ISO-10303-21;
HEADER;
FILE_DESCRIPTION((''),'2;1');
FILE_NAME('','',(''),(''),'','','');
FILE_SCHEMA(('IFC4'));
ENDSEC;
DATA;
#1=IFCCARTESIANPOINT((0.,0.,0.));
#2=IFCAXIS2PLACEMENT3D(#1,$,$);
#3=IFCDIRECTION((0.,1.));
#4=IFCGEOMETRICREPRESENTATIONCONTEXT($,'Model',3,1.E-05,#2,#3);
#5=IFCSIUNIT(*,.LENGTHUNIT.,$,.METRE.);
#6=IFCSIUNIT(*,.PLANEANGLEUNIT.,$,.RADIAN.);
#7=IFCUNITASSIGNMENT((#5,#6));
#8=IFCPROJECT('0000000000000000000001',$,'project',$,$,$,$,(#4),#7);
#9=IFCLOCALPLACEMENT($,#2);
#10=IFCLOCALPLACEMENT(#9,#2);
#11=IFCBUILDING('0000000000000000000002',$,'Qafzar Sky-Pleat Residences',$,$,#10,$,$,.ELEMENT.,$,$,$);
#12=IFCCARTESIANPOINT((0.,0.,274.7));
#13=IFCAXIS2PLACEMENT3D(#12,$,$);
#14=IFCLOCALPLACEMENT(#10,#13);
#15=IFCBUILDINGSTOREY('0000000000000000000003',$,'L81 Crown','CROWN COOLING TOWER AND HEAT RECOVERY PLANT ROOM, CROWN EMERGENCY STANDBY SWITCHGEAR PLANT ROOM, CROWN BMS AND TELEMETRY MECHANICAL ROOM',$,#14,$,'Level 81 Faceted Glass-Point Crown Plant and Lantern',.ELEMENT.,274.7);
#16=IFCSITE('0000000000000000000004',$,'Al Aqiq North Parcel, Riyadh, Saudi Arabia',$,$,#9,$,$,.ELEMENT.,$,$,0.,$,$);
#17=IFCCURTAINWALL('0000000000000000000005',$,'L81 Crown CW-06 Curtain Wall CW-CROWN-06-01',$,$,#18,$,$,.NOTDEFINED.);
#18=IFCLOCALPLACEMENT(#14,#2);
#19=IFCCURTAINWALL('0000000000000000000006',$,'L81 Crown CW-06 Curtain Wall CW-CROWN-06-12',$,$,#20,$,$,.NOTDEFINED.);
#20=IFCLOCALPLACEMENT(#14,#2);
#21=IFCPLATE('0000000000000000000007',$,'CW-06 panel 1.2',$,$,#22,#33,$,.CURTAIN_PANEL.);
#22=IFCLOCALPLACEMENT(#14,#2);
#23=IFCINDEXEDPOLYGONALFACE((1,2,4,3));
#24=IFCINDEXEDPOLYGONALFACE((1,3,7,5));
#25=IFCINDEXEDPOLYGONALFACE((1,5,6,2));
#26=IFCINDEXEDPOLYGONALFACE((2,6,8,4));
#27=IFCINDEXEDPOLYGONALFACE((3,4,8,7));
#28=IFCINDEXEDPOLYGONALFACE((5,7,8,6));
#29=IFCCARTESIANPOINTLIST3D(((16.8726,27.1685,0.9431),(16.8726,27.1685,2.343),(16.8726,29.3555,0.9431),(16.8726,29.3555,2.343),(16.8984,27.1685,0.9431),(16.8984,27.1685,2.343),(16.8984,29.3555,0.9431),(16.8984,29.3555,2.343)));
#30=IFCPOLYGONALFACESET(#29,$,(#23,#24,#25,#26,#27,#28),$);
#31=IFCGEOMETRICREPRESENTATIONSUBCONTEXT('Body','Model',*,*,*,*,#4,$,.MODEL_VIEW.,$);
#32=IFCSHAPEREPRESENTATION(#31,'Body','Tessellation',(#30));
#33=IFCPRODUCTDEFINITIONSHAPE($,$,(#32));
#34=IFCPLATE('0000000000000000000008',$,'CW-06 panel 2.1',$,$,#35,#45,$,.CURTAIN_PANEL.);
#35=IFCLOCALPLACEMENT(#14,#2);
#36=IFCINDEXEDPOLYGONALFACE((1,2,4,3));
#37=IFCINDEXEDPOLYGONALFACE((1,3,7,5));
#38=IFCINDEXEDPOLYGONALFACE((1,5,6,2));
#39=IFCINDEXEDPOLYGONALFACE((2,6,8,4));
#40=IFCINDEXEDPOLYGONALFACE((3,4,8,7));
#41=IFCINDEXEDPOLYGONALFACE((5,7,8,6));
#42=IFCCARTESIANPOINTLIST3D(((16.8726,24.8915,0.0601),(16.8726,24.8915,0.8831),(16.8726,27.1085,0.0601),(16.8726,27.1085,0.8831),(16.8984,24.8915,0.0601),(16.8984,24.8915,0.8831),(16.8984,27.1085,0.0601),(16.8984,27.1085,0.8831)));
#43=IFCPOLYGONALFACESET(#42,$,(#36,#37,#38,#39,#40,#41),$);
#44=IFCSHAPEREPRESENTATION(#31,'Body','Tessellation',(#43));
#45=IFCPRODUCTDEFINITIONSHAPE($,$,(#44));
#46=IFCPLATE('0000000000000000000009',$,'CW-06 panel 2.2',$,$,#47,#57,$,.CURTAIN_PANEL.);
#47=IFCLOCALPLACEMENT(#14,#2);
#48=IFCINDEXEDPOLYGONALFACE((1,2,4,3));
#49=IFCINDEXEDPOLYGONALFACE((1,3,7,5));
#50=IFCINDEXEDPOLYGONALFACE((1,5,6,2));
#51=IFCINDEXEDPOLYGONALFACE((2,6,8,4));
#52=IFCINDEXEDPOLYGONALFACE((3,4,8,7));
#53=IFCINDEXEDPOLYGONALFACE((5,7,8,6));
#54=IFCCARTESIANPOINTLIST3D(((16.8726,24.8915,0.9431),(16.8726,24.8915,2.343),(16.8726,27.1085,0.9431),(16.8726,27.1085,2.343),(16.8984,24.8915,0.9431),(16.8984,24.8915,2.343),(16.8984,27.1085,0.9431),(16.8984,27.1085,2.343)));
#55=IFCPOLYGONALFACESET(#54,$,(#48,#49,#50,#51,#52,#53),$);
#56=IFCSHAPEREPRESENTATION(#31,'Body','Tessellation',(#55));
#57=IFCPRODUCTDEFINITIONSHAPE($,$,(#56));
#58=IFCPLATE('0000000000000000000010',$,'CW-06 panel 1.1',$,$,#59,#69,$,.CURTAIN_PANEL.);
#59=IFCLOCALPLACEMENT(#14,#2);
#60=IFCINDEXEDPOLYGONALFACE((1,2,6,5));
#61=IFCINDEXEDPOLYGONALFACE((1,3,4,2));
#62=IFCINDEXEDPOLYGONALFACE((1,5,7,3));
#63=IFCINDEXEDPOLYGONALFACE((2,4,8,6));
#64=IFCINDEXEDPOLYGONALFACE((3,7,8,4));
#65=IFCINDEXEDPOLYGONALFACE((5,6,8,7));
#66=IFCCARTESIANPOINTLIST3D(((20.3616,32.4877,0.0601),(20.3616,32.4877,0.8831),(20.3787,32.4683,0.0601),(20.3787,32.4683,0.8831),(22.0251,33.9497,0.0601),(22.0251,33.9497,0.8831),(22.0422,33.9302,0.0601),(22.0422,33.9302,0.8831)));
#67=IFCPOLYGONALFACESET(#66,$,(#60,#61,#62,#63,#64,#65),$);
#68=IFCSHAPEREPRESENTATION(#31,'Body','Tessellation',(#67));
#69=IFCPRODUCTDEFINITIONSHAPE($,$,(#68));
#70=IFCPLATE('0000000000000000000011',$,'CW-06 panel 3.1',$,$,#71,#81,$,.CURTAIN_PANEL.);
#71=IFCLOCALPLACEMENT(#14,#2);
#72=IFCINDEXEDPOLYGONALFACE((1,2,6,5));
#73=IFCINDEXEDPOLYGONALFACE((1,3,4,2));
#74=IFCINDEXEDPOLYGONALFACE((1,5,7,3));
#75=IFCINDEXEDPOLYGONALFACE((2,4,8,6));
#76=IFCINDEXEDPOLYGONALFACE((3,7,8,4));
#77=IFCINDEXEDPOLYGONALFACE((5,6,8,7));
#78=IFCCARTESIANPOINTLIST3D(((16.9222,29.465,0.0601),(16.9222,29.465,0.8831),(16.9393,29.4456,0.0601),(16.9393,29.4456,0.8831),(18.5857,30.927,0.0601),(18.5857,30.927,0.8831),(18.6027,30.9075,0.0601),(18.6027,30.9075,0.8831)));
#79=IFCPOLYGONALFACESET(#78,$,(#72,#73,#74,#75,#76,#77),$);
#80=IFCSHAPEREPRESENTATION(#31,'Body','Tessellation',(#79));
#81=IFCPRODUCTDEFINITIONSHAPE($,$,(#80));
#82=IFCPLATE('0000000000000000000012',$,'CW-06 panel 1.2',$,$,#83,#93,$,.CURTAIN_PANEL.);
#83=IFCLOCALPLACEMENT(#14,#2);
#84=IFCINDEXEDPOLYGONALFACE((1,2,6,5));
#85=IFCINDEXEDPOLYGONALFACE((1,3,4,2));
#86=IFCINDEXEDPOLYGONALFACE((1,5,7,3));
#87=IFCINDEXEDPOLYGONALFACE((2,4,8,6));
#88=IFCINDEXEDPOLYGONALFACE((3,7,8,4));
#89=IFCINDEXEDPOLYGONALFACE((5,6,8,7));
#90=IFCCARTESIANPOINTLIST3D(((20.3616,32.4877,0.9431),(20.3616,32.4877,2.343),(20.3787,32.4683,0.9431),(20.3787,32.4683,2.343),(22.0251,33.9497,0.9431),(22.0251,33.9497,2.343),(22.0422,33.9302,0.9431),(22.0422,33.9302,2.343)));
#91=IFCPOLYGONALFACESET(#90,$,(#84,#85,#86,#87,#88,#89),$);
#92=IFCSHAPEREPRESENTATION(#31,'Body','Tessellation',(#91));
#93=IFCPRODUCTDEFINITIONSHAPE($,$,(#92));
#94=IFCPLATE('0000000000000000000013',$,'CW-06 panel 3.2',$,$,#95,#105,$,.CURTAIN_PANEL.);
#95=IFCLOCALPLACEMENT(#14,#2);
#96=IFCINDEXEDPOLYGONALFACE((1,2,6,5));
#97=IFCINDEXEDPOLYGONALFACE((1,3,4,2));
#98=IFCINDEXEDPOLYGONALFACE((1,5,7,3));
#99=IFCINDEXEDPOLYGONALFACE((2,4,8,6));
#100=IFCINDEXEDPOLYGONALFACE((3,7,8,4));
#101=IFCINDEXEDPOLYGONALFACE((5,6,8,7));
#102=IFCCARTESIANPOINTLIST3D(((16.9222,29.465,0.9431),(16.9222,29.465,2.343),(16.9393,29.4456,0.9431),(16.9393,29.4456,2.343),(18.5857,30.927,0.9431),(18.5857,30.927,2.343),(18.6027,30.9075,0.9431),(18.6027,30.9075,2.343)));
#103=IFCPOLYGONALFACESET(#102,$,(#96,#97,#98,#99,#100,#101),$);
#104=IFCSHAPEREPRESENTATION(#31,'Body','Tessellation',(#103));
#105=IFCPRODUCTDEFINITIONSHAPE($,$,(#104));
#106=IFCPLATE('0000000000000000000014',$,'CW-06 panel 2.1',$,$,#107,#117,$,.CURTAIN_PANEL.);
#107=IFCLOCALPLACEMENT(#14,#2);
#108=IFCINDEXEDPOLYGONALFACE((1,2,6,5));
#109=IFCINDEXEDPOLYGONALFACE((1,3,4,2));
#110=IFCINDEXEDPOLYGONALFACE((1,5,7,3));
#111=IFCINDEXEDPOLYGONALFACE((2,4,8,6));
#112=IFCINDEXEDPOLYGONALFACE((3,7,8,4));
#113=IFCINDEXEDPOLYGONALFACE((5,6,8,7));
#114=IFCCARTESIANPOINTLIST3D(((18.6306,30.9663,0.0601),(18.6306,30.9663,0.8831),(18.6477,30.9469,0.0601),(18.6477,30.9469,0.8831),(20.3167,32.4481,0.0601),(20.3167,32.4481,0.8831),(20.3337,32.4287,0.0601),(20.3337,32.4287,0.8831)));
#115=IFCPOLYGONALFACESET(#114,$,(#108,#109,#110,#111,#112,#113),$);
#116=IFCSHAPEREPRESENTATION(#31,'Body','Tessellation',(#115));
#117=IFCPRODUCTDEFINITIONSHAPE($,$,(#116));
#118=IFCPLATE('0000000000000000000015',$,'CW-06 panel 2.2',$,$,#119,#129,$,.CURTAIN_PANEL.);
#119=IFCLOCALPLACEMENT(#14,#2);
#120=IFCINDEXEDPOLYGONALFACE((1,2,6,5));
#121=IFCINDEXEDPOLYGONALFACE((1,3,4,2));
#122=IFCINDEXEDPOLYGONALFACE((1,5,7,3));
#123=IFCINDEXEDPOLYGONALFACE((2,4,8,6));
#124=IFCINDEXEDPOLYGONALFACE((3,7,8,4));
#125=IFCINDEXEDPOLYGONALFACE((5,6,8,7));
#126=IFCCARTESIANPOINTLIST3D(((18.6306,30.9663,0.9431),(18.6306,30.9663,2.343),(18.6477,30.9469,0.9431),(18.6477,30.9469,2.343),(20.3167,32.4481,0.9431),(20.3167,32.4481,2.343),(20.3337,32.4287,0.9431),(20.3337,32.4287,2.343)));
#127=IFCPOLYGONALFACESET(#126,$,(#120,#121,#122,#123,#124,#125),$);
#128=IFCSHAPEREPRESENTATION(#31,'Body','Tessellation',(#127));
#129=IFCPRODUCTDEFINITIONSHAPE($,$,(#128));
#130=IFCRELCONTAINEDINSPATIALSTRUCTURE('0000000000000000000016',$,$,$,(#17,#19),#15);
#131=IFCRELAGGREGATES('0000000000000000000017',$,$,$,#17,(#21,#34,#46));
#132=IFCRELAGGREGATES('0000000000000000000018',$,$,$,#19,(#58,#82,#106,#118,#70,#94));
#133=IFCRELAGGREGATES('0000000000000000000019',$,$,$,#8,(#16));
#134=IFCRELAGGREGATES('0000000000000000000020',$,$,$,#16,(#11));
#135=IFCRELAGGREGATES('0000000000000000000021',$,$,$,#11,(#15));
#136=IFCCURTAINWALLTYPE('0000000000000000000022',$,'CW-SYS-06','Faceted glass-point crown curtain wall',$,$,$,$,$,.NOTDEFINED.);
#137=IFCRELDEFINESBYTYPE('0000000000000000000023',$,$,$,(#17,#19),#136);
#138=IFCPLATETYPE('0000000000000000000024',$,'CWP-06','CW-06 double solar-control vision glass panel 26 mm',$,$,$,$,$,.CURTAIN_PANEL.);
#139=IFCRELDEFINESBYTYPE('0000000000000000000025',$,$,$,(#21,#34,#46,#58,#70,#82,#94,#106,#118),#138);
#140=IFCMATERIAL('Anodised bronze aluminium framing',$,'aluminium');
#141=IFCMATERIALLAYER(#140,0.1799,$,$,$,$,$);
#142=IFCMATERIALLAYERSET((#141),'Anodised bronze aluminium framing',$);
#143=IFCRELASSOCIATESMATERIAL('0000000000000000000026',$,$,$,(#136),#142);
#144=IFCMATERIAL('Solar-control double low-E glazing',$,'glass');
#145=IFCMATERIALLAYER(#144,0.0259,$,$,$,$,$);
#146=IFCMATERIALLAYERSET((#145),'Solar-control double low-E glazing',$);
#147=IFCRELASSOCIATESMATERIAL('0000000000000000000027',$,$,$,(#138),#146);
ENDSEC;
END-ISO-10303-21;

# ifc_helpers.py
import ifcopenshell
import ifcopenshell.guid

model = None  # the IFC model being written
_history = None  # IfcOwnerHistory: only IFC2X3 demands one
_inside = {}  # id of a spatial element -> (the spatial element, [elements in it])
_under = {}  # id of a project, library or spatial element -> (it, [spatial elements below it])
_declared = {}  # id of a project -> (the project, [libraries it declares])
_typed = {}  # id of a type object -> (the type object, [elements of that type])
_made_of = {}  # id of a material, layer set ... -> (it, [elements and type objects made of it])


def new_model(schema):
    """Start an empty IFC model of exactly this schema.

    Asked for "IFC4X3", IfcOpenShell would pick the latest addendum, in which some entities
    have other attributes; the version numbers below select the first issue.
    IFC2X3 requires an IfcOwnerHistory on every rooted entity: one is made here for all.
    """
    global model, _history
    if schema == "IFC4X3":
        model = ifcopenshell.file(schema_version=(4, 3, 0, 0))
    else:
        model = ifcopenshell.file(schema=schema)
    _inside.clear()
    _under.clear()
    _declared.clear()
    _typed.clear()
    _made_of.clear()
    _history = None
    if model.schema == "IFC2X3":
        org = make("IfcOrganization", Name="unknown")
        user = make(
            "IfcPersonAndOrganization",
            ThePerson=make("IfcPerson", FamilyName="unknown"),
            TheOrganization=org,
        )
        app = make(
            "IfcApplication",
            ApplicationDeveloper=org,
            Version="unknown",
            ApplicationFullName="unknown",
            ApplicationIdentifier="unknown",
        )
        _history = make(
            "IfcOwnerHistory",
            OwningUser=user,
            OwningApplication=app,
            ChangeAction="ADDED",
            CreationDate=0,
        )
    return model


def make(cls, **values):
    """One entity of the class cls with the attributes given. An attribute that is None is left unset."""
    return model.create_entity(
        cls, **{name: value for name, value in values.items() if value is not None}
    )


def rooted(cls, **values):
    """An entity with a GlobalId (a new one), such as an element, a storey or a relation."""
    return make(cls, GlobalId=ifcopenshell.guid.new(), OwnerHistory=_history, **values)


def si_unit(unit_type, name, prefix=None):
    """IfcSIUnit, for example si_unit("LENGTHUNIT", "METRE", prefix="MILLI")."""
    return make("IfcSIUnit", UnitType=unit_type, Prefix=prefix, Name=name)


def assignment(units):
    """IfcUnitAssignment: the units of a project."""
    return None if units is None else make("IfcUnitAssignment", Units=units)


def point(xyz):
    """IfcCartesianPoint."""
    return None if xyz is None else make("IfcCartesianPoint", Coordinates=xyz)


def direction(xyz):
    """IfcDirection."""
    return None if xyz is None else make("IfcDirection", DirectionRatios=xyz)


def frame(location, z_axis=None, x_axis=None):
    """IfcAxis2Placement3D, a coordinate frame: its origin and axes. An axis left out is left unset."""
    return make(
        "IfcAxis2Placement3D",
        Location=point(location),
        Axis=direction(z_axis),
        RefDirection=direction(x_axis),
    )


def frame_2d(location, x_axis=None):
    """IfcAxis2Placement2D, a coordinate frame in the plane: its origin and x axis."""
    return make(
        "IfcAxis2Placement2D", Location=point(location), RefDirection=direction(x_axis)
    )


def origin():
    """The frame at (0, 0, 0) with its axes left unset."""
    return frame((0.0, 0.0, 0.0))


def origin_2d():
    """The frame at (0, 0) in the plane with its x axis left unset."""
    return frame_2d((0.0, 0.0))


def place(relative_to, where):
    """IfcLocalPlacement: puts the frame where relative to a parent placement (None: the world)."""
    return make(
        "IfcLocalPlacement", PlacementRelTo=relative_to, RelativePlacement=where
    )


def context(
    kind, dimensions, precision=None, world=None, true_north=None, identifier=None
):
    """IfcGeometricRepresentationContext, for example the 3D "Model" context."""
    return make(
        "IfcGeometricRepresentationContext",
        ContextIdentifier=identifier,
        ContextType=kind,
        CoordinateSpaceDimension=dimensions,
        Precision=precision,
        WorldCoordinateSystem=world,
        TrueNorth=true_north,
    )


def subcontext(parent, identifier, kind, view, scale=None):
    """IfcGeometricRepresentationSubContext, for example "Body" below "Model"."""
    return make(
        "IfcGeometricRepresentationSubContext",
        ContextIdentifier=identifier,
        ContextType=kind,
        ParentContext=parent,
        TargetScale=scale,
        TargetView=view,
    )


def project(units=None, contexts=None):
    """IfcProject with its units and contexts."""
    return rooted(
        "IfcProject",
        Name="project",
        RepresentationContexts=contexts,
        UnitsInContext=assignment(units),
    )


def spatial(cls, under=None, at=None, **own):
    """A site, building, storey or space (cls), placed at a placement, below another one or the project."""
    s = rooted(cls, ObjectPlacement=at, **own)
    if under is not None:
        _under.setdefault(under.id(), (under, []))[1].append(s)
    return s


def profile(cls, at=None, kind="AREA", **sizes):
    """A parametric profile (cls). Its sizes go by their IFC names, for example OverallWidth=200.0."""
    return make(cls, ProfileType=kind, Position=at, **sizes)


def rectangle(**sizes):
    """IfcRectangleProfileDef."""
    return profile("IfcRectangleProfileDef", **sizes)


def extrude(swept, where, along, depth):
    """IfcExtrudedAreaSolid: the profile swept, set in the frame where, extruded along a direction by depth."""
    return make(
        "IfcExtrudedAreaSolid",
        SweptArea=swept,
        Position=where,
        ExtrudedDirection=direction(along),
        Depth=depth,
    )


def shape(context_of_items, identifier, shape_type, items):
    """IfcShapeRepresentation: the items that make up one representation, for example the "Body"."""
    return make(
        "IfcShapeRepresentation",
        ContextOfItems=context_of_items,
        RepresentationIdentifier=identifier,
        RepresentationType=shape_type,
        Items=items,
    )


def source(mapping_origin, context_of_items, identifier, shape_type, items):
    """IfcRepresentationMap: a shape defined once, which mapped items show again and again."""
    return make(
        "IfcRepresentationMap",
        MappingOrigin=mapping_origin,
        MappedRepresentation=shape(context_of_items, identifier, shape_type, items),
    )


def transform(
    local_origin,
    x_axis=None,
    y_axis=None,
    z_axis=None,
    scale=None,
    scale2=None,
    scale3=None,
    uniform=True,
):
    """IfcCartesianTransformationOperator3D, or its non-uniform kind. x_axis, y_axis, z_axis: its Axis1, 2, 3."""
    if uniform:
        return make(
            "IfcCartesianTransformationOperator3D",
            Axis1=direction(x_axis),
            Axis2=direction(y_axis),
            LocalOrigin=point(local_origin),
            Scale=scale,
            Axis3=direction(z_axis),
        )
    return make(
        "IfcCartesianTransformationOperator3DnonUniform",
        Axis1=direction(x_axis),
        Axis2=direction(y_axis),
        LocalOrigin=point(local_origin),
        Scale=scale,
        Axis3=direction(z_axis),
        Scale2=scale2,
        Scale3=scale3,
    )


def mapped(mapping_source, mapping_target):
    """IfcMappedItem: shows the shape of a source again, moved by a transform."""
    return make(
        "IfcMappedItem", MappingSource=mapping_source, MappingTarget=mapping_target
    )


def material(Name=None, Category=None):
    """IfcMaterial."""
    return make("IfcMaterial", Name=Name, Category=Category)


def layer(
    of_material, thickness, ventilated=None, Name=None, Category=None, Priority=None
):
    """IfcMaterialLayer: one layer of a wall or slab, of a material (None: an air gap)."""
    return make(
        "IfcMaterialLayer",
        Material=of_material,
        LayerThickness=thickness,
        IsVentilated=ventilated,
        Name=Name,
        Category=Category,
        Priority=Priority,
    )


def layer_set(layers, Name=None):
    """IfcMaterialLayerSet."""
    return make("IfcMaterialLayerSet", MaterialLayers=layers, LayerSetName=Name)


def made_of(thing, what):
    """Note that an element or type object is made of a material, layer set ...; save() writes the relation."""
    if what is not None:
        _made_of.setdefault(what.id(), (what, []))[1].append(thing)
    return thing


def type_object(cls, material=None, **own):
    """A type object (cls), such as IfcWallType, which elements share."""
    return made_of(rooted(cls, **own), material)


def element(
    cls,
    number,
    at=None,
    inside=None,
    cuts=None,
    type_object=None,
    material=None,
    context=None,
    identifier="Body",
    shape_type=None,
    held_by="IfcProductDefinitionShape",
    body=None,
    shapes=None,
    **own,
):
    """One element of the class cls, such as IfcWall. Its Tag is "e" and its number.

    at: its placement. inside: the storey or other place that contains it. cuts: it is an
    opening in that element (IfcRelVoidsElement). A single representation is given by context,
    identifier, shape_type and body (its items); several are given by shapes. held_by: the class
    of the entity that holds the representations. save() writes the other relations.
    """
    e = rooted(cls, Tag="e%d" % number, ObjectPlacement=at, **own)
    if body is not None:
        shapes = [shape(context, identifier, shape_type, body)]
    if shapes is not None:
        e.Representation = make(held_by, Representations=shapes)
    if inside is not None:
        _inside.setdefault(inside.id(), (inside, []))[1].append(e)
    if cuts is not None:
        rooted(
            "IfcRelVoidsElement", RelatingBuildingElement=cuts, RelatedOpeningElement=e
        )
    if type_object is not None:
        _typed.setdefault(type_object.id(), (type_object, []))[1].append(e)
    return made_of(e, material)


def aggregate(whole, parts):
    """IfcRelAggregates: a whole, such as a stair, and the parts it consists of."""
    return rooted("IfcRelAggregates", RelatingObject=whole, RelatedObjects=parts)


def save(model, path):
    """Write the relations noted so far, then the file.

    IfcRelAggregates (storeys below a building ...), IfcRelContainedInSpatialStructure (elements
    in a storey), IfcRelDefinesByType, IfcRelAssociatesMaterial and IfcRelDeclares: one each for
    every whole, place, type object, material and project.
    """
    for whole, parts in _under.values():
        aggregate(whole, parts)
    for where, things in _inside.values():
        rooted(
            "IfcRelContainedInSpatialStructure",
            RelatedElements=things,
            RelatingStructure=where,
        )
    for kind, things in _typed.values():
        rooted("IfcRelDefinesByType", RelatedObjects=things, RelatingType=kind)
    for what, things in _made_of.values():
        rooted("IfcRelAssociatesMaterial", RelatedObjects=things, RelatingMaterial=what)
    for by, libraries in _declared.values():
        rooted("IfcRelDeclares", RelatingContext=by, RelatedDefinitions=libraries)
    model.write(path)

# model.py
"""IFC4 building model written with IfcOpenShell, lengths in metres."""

from ifc_helpers import new_model, si_unit, direction, frame, origin, origin_2d, place, context, subcontext, project, spatial, rectangle, extrude, source, transform, mapped, material, layer, layer_set, type_object, element, aggregate, save


model = new_model("IFC4")

# Units and contexts
model_context = context("Model", 3, precision=1e-05, world=origin(), true_north=direction((0.0, 1.0)))
body_context = subcontext(model_context, "Body", "Model", "MODEL_VIEW")
ifc_project = project(units=[si_unit("LENGTHUNIT", "METRE"), si_unit("PLANEANGLEUNIT", "RADIAN")], contexts=[model_context])

# Site, building, storey
site_placement = place(None, origin())
site = spatial("IfcSite", under=ifc_project, at=site_placement, Name="Al Aqiq North Parcel, Riyadh, Saudi Arabia", CompositionType="ELEMENT", RefElevation=0.0)
building_placement = place(site_placement, origin())
building = spatial("IfcBuilding", under=site, at=building_placement, Name="Qafzar Sky-Pleat Residences", CompositionType="ELEMENT")
storey_placement = place(building_placement, frame((0.0, 0.0, 274.7)))
storey = spatial("IfcBuildingStorey", under=building, at=storey_placement, Name="L81 Crown", Description="CROWN COOLING TOWER AND HEAT RECOVERY PLANT ROOM, CROWN EMERGENCY STANDBY SWITCHGEAR PLANT ROOM, CROWN BMS AND TELEMETRY MECHANICAL ROOM", LongName="Level 81 Faceted Glass-Point Crown Plant and Lantern", CompositionType="ELEMENT", Elevation=274.7)

# Curtain walls
ifc_material_1 = material(Name="Anodised bronze aluminium framing", Category="aluminium")
ifc_layer_1 = layer(ifc_material_1, 0.1799)
ifc_layer_set_1 = layer_set([ifc_layer_1], Name="Anodised bronze aluminium framing")
curtain_wall_type = type_object("IfcCurtainWallType", Name="CW-SYS-06", Description="Faceted glass-point crown curtain wall", PredefinedType="NOTDEFINED", material=ifc_layer_set_1)
curtain_wall_1_placement = place(storey_placement, origin())
curtain_wall_1 = element("IfcCurtainWall", 1, at=curtain_wall_1_placement, inside=storey, type_object=curtain_wall_type, Name="L81 Crown CW-06 Curtain Wall CW-CROWN-06-01", PredefinedType="NOTDEFINED")
curtain_wall_2_placement = place(storey_placement, origin())
curtain_wall_2 = element("IfcCurtainWall", 2, at=curtain_wall_2_placement, inside=storey, type_object=curtain_wall_type, Name="L81 Crown CW-06 Curtain Wall CW-CROWN-06-12", PredefinedType="NOTDEFINED")

# Plates
ifc_material_2 = material(Name="Solar-control double low-E glazing", Category="glass")
ifc_layer_2 = layer(ifc_material_2, 0.0259)
ifc_layer_set_2 = layer_set([ifc_layer_2], Name="Solar-control double low-E glazing")
plate_type = type_object("IfcPlateType", Name="CWP-06", Description="CW-06 double solar-control vision glass panel 26 mm", PredefinedType="CURTAIN_PANEL", material=ifc_layer_set_2)
shared_shape_1 = source(origin(), body_context, "Body", "SweptSolid", [
    extrude(rectangle(XDim=2.187, YDim=0.0259, at=origin_2d()), origin(), (0.0, 0.0, 1.0), 1.3999),
])
plate_1_placement = place(storey_placement, frame((16.8855, 28.262, 0.9431), z_axis=(0.0, 0.0, 1.0), x_axis=(0.0, -1.0, 0.0)))
plate_1 = element("IfcPlate", 3, at=plate_1_placement, type_object=plate_type, Name="CW-06 panel 1.2", PredefinedType="CURTAIN_PANEL", context=body_context, shape_type="MappedRepresentation", body=[
    mapped(shared_shape_1, transform((0.0, 0.0, 0.0), x_axis=(1.0, 0.0, 0.0), y_axis=(0.0, 1.0, 0.0), z_axis=(0.0, 0.0, 1.0), scale=1.0)),
])
shared_shape_2 = source(origin(), body_context, "Body", "SweptSolid", [
    extrude(rectangle(XDim=2.217, YDim=0.0259, at=origin_2d()), origin(), (0.0, 0.0, 1.0), 0.823),
])
plate_2_placement = place(storey_placement, frame((16.8855, 26.0, 0.0601), z_axis=(0.0, 0.0, 1.0), x_axis=(0.0, -1.0, 0.0)))
plate_2 = element("IfcPlate", 4, at=plate_2_placement, type_object=plate_type, Name="CW-06 panel 2.1", PredefinedType="CURTAIN_PANEL", context=body_context, shape_type="MappedRepresentation", body=[
    mapped(shared_shape_2, transform((0.0, 0.0, 0.0), x_axis=(1.0, 0.0, 0.0), y_axis=(0.0, 1.0, 0.0), z_axis=(0.0, 0.0, 1.0), scale=1.0)),
])
shared_shape_3 = source(origin(), body_context, "Body", "SweptSolid", [
    extrude(rectangle(XDim=2.217, YDim=0.0259, at=origin_2d()), origin(), (0.0, 0.0, 1.0), 1.3999),
])
plate_3_placement = place(storey_placement, frame((16.8855, 26.0, 0.9431), z_axis=(0.0, 0.0, 1.0), x_axis=(0.0, -1.0, 0.0)))
plate_3 = element("IfcPlate", 5, at=plate_3_placement, type_object=plate_type, Name="CW-06 panel 2.2", PredefinedType="CURTAIN_PANEL", context=body_context, shape_type="MappedRepresentation", body=[
    mapped(shared_shape_3, transform((0.0, 0.0, 0.0), x_axis=(1.0, 0.0, 0.0), y_axis=(0.0, 1.0, 0.0), z_axis=(0.0, 0.0, 1.0), scale=1.0)),
])
aggregate(curtain_wall_1, [plate_1, plate_2, plate_3])
shared_shape_4 = source(origin(), body_context, "Body", "SweptSolid", [
    extrude(rectangle(XDim=2.2146, YDim=0.0259, at=origin_2d()), origin(), (0.0, 0.0, 1.0), 0.823),
])
plate_4_placement = place(storey_placement, frame((21.2019, 33.209, 0.0601), z_axis=(0.0, 0.0, 1.0), x_axis=(-0.751145, -0.660137, 0.0)))
plate_4 = element("IfcPlate", 6, at=plate_4_placement, type_object=plate_type, Name="CW-06 panel 1.1", PredefinedType="CURTAIN_PANEL", context=body_context, shape_type="MappedRepresentation", body=[
    mapped(shared_shape_4, transform((0.0, 0.0, 0.0), x_axis=(1.0, 0.0, 0.0), y_axis=(0.0, 1.0, 0.0), z_axis=(0.0, 0.0, 1.0), scale=1.0)),
])
plate_5_placement = place(storey_placement, frame((17.7625, 30.1863, 0.0601), z_axis=(0.0, 0.0, 1.0), x_axis=(-0.751145, -0.660137, 0.0)))
plate_5 = element("IfcPlate", 7, at=plate_5_placement, type_object=plate_type, Name="CW-06 panel 3.1", PredefinedType="CURTAIN_PANEL", context=body_context, shape_type="MappedRepresentation", body=[
    mapped(shared_shape_4, transform((0.0, 0.0, 0.0), x_axis=(1.0, 0.0, 0.0), y_axis=(0.0, 1.0, 0.0), z_axis=(0.0, 0.0, 1.0), scale=1.0)),
])
shared_shape_5 = source(origin(), body_context, "Body", "SweptSolid", [
    extrude(rectangle(XDim=2.2146, YDim=0.0259, at=origin_2d()), origin(), (0.0, 0.0, 1.0), 1.3999),
])
plate_6_placement = place(storey_placement, frame((21.2019, 33.209, 0.9431), z_axis=(0.0, 0.0, 1.0), x_axis=(-0.751145, -0.660137, 0.0)))
plate_6 = element("IfcPlate", 8, at=plate_6_placement, type_object=plate_type, Name="CW-06 panel 1.2", PredefinedType="CURTAIN_PANEL", context=body_context, shape_type="MappedRepresentation", body=[
    mapped(shared_shape_5, transform((0.0, 0.0, 0.0), x_axis=(1.0, 0.0, 0.0), y_axis=(0.0, 1.0, 0.0), z_axis=(0.0, 0.0, 1.0), scale=1.0)),
])
plate_7_placement = place(storey_placement, frame((17.7625, 30.1863, 0.9431), z_axis=(0.0, 0.0, 1.0), x_axis=(-0.751145, -0.660137, 0.0)))
plate_7 = element("IfcPlate", 9, at=plate_7_placement, type_object=plate_type, Name="CW-06 panel 3.2", PredefinedType="CURTAIN_PANEL", context=body_context, shape_type="MappedRepresentation", body=[
    mapped(shared_shape_5, transform((0.0, 0.0, 0.0), x_axis=(1.0, 0.0, 0.0), y_axis=(0.0, 1.0, 0.0), z_axis=(0.0, 0.0, 1.0), scale=1.0)),
])
shared_shape_6 = source(origin(), body_context, "Body", "SweptSolid", [
    extrude(rectangle(XDim=2.2446, YDim=0.0259, at=origin_2d()), origin(), (0.0, 0.0, 1.0), 0.823),
])
plate_8_placement = place(storey_placement, frame((19.4822, 31.6975, 0.0601), z_axis=(0.0, 0.0, 1.0), x_axis=(-0.751145, -0.660137, 0.0)))
plate_8 = element("IfcPlate", 10, at=plate_8_placement, type_object=plate_type, Name="CW-06 panel 2.1", PredefinedType="CURTAIN_PANEL", context=body_context, shape_type="MappedRepresentation", body=[
    mapped(shared_shape_6, transform((0.0, 0.0, 0.0), x_axis=(1.0, 0.0, 0.0), y_axis=(0.0, 1.0, 0.0), z_axis=(0.0, 0.0, 1.0), scale=1.0)),
])
shared_shape_7 = source(origin(), body_context, "Body", "SweptSolid", [
    extrude(rectangle(XDim=2.2446, YDim=0.0259, at=origin_2d()), origin(), (0.0, 0.0, 1.0), 1.3999),
])
plate_9_placement = place(storey_placement, frame((19.4822, 31.6975, 0.9431), z_axis=(0.0, 0.0, 1.0), x_axis=(-0.751145, -0.660137, 0.0)))
plate_9 = element("IfcPlate", 11, at=plate_9_placement, type_object=plate_type, Name="CW-06 panel 2.2", PredefinedType="CURTAIN_PANEL", context=body_context, shape_type="MappedRepresentation", body=[
    mapped(shared_shape_7, transform((0.0, 0.0, 0.0), x_axis=(1.0, 0.0, 0.0), y_axis=(0.0, 1.0, 0.0), z_axis=(0.0, 0.0, 1.0), scale=1.0)),
])
aggregate(curtain_wall_2, [plate_4, plate_6, plate_8, plate_9, plate_5, plate_7])

save(model, "model.ifc")
